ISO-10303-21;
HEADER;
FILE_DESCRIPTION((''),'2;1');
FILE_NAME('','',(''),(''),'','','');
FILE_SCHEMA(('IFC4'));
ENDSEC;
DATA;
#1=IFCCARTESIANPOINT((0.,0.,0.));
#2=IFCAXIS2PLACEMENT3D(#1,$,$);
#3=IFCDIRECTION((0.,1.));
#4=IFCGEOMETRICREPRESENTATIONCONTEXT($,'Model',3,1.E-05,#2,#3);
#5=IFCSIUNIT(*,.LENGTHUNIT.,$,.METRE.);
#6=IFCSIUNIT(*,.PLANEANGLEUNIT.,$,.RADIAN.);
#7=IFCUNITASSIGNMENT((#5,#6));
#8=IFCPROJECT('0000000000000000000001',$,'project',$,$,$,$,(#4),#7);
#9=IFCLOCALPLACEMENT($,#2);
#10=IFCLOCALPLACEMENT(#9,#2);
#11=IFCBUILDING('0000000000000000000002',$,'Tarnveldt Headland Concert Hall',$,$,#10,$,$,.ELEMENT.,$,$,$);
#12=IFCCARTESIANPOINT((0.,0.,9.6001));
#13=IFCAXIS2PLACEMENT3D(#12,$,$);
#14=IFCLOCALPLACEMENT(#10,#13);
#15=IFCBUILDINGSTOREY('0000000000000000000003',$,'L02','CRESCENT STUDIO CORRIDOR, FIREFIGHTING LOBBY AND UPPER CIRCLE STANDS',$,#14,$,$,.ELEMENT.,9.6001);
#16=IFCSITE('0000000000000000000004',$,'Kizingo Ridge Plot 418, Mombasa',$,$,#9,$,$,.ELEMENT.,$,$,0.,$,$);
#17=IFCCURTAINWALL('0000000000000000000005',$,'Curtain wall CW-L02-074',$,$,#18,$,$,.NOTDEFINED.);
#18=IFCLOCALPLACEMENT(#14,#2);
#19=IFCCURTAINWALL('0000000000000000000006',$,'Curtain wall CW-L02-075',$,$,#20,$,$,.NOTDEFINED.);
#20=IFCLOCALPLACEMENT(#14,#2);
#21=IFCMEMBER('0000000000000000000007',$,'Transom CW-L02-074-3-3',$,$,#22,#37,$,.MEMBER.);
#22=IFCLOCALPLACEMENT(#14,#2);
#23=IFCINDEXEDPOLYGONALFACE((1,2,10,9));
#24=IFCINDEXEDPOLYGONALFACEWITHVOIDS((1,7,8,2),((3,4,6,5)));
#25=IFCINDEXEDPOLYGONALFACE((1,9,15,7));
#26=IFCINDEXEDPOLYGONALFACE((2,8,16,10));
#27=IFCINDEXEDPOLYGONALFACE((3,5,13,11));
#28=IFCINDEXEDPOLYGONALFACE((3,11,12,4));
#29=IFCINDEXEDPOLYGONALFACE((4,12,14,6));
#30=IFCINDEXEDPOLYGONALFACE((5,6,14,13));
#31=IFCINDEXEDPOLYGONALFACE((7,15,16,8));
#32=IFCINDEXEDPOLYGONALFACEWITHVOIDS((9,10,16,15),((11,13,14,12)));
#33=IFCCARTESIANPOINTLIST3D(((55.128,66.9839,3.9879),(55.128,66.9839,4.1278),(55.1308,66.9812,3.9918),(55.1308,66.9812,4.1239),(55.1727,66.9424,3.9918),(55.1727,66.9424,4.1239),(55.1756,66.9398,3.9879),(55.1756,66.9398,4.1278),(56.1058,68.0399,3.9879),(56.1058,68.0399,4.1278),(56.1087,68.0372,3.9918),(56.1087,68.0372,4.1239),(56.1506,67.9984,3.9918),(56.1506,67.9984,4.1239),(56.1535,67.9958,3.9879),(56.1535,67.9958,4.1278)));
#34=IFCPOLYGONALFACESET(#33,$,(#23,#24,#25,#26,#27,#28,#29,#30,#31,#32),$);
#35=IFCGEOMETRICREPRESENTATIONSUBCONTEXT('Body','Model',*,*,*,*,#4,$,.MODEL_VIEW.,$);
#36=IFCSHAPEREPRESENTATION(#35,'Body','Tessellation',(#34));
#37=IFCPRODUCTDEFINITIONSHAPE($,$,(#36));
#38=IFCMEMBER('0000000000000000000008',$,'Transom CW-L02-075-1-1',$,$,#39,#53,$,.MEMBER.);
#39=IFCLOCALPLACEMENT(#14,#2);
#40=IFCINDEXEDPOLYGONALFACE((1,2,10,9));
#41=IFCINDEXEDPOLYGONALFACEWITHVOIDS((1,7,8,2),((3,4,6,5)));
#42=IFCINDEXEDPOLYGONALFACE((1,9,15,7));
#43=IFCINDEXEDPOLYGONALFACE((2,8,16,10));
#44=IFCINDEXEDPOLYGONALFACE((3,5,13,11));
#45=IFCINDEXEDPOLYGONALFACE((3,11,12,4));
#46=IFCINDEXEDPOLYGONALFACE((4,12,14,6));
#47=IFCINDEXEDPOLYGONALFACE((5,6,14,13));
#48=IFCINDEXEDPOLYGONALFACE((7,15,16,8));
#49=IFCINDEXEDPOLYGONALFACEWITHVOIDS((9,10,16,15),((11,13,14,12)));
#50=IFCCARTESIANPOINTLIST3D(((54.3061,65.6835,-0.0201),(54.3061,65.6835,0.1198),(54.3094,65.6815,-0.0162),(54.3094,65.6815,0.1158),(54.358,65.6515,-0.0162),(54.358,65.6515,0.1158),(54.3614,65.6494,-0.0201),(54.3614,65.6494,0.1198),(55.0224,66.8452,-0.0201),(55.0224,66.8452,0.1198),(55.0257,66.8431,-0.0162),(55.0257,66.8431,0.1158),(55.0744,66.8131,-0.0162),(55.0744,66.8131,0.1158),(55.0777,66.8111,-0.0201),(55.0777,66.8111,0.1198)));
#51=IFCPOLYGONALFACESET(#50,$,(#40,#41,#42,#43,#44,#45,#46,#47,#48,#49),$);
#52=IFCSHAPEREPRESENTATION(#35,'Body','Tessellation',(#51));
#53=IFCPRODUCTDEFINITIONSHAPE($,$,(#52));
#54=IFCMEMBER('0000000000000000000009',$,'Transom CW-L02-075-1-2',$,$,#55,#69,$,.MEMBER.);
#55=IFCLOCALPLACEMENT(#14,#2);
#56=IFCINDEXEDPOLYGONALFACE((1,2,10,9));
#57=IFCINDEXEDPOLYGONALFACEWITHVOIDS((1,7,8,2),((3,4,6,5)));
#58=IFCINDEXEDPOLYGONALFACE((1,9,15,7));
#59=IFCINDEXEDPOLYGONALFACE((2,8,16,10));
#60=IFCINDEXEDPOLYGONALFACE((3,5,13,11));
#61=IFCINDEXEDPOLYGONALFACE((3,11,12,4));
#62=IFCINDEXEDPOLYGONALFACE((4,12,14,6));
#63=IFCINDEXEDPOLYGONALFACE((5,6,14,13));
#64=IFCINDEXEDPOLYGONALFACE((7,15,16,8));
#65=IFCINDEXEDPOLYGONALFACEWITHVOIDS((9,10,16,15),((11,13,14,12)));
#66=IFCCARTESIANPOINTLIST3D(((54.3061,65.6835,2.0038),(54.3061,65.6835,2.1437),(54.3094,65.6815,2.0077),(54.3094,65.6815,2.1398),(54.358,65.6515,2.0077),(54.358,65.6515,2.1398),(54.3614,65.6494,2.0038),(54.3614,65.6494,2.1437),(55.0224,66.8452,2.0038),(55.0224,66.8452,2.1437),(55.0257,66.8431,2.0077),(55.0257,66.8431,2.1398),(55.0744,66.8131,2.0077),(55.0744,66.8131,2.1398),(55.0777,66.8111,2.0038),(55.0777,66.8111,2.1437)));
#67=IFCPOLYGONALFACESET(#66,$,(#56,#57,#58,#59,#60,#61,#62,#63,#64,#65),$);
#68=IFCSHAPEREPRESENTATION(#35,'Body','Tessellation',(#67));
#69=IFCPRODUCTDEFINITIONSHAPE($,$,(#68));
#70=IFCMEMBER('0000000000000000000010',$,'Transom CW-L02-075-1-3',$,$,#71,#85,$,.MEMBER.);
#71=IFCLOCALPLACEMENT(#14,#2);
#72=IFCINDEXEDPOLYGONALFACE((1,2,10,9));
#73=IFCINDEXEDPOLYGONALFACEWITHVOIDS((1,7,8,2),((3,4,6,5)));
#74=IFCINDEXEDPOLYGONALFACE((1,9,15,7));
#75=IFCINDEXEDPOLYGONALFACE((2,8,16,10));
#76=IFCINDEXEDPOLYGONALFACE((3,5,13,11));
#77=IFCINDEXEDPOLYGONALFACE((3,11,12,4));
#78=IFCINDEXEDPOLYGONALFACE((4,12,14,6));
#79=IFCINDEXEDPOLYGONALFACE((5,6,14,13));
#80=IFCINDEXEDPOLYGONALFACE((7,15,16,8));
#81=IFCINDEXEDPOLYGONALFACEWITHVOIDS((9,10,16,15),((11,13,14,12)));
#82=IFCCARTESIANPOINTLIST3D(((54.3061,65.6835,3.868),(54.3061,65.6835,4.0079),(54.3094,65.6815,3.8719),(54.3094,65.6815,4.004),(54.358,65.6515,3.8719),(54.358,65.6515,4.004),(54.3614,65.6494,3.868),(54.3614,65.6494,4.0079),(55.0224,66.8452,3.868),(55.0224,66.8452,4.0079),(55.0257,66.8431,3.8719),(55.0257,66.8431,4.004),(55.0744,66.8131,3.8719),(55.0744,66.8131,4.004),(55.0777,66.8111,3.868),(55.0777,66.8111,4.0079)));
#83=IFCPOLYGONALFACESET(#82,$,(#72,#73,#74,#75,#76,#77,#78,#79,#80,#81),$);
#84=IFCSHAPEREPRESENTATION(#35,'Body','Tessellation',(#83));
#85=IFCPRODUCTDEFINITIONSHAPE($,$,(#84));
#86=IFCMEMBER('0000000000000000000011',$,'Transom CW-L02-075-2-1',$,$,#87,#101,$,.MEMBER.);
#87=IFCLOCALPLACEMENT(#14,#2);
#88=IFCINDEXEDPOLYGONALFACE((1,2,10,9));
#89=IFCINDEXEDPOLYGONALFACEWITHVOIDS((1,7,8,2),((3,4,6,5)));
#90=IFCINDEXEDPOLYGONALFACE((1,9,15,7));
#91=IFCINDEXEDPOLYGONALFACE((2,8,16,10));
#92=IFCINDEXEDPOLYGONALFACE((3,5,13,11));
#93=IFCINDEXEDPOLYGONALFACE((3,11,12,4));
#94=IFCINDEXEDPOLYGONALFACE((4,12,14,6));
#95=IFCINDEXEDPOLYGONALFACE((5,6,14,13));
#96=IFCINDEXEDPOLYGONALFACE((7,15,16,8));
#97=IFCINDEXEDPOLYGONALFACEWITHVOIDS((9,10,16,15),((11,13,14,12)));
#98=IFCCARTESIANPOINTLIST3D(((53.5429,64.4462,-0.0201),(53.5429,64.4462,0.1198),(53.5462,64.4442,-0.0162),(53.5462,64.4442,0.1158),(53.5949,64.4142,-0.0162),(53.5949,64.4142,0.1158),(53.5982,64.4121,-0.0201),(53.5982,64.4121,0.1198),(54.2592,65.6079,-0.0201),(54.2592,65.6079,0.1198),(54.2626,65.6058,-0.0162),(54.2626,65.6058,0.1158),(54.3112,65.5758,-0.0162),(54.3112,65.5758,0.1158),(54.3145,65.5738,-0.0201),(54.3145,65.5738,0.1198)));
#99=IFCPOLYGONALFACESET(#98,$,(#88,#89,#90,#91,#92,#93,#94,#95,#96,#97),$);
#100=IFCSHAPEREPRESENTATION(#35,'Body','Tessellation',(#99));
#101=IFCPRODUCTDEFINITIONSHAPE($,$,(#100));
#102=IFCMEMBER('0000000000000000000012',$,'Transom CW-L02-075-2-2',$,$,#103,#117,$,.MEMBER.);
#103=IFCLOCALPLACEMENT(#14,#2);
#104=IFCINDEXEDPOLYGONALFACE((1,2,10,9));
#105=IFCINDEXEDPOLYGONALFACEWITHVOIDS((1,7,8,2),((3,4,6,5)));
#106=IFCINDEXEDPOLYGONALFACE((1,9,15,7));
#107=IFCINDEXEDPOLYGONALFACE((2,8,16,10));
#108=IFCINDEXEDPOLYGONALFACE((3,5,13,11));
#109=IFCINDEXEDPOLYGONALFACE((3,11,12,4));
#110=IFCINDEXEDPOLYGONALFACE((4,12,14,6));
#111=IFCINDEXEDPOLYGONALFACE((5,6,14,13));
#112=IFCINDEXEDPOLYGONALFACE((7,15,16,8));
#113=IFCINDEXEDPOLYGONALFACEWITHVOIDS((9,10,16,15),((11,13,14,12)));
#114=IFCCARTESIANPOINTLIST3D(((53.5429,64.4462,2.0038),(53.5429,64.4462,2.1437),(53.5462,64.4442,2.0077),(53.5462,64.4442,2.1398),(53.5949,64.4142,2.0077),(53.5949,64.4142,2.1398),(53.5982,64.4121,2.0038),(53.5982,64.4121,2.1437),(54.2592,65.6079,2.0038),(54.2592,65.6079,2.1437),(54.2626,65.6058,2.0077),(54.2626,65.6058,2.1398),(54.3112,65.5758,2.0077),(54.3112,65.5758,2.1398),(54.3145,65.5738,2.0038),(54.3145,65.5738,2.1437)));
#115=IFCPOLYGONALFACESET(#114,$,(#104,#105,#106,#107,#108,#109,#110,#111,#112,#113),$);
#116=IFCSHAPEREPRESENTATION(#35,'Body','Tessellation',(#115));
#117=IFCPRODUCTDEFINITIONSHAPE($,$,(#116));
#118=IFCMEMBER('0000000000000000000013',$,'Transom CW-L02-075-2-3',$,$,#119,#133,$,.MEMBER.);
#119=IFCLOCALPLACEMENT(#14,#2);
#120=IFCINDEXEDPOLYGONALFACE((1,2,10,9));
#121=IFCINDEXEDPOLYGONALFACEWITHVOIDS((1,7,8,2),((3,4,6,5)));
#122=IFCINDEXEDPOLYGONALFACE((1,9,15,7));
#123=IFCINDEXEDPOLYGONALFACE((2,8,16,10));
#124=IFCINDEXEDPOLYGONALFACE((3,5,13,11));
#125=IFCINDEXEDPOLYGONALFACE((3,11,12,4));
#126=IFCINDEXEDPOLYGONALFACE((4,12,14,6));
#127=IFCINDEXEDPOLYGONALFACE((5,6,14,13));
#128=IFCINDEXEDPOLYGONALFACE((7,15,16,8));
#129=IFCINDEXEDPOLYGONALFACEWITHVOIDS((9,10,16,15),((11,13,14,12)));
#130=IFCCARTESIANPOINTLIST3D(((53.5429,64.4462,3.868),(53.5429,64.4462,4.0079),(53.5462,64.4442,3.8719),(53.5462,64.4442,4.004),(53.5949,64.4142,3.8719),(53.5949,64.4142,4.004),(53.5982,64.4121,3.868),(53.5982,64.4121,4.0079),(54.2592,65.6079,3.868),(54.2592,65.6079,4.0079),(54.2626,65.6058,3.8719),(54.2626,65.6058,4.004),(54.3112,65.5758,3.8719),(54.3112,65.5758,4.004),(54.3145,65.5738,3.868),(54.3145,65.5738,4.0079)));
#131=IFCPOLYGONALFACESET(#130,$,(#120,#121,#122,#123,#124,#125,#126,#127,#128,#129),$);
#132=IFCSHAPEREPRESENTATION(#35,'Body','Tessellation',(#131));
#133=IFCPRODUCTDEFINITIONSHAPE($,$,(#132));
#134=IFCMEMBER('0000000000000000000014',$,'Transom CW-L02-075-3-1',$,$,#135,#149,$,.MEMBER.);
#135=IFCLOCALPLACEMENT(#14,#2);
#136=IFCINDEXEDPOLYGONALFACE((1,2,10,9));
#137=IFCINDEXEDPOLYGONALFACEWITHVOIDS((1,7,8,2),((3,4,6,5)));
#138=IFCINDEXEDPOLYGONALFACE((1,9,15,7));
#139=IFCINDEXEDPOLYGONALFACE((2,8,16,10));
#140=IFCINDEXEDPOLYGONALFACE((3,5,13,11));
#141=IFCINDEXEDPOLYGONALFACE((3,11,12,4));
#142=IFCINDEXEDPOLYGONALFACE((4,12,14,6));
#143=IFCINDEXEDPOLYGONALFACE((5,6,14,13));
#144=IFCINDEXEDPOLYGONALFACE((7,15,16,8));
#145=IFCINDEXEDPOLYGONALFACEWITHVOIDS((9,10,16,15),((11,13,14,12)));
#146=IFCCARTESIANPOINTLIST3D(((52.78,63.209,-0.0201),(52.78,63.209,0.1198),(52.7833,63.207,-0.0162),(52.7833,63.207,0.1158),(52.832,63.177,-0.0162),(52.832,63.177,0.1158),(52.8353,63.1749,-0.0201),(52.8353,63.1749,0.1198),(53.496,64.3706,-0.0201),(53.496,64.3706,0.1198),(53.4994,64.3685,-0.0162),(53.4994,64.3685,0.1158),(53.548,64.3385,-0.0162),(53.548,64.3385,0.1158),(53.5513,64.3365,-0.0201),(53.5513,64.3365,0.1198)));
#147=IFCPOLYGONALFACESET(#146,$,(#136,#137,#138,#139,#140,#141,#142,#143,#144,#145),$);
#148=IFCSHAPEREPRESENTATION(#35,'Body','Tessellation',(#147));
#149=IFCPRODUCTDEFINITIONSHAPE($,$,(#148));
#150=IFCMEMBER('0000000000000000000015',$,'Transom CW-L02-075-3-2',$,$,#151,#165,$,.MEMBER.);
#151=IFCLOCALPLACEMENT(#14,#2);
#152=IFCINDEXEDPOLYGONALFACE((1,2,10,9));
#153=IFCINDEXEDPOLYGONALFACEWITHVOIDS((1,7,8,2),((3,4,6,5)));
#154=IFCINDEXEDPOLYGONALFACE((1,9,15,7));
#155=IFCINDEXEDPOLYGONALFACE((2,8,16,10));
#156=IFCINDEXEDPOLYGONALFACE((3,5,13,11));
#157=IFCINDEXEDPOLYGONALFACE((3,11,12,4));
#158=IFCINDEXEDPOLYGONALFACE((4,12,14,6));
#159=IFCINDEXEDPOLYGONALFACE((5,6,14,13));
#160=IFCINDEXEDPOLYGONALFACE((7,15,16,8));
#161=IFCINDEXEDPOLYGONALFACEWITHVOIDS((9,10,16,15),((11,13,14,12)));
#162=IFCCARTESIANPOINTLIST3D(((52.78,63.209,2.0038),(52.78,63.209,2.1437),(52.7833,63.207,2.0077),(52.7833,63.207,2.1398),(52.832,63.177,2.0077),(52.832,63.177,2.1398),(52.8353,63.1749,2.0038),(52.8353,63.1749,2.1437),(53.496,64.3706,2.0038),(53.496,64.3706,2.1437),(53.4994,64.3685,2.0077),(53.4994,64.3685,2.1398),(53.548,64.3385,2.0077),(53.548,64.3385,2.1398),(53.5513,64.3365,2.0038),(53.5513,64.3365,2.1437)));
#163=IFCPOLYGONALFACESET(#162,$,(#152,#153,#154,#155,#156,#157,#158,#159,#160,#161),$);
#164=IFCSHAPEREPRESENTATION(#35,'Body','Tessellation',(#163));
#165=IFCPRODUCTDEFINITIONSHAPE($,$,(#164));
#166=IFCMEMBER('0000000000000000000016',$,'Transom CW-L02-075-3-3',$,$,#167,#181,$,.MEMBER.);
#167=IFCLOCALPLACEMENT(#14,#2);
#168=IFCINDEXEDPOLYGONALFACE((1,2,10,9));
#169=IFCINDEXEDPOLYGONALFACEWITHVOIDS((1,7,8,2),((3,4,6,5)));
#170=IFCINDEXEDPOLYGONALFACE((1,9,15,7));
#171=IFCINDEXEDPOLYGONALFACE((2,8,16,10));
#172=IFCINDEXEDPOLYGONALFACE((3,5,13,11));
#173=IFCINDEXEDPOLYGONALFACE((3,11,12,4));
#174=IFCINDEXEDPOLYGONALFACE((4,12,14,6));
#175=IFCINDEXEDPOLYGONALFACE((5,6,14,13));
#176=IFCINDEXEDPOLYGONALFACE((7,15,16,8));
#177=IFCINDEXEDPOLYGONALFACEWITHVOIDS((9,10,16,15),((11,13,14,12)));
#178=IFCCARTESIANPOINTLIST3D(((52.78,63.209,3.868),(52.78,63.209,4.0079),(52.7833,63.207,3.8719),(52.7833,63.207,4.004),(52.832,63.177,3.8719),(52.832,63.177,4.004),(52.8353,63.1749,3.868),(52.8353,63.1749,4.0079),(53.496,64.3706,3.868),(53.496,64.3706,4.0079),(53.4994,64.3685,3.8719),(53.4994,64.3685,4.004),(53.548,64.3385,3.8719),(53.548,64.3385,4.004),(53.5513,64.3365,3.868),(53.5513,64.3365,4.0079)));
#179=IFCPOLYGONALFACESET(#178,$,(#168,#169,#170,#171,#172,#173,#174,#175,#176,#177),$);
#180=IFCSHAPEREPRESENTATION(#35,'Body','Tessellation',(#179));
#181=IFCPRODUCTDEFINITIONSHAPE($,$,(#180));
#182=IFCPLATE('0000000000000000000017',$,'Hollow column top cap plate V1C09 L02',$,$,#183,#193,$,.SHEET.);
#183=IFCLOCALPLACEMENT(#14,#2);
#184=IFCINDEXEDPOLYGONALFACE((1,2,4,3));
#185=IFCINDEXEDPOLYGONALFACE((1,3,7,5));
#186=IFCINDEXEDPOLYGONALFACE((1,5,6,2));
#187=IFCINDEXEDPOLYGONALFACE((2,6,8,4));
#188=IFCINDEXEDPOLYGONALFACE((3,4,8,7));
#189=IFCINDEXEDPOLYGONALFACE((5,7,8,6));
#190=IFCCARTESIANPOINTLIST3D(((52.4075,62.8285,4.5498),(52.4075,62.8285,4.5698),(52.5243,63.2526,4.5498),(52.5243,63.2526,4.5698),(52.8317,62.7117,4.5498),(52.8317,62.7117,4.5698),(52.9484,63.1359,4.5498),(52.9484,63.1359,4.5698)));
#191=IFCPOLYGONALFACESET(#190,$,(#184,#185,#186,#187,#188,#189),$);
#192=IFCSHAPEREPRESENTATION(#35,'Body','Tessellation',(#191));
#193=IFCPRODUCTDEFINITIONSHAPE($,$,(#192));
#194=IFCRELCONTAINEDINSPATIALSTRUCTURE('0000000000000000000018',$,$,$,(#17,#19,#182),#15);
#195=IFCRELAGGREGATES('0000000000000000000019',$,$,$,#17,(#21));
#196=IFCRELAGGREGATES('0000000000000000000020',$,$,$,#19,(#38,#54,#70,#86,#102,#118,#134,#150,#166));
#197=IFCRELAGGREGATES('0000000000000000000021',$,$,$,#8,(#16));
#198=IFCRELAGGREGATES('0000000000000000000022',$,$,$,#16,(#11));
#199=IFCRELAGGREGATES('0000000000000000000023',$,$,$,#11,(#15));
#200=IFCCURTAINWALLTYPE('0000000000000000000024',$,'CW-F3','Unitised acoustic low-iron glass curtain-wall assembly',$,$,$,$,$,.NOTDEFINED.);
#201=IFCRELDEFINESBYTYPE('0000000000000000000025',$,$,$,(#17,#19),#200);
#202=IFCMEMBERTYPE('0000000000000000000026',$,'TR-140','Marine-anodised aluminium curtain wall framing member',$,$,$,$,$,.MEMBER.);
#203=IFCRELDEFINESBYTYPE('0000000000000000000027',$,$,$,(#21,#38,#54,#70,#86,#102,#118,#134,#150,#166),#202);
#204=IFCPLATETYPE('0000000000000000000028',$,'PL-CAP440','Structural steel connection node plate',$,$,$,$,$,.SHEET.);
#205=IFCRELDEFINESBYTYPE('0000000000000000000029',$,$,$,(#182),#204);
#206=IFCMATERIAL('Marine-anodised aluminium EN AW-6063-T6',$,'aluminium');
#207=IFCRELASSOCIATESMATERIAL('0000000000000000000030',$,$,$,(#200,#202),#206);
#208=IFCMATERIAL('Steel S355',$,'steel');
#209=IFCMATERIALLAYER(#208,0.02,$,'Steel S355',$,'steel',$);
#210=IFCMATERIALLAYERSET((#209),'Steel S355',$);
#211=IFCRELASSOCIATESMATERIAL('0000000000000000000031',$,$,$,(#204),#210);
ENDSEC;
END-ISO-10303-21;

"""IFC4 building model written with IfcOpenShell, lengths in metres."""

from ifc_helpers import new_model, si_unit, direction, frame, origin, origin_2d, place, context, subcontext, project, spatial, rectangle, hollow_rectangle, extrude, material, layer, layer_set, material_profile, profile_set, type_object, element, aggregate, save


model = new_model("IFC4")

# Units and contexts
model_context = context("Model", 3, precision=1e-05, world=origin(), true_north=direction((0.0, 1.0)))
body_context = subcontext(model_context, "Body", "Model", "MODEL_VIEW")
ifc_project = project(units=[si_unit("LENGTHUNIT", "METRE"), si_unit("PLANEANGLEUNIT", "RADIAN")], contexts=[model_context])

# Site, building, storey
site_placement = place(None, origin())
site = spatial("IfcSite", under=ifc_project, at=site_placement, Name="Kizingo Ridge Plot 418, Mombasa", CompositionType="ELEMENT", RefElevation=0.0)
building_placement = place(site_placement, origin())
building = spatial("IfcBuilding", under=site, at=building_placement, Name="Tarnveldt Headland Concert Hall", CompositionType="ELEMENT")
storey_placement = place(building_placement, frame((0.0, 0.0, 9.6001)))
storey = spatial("IfcBuildingStorey", under=building, at=storey_placement, Name="L02", Description="CRESCENT STUDIO CORRIDOR, FIREFIGHTING LOBBY AND UPPER CIRCLE STANDS", CompositionType="ELEMENT", Elevation=9.6001)

# Shared definitions
ifc_material_1 = material(Name="Steel S355", Category="steel")

# Curtain walls
ifc_material_2 = material(Name="Marine-anodised aluminium EN AW-6063-T6", Category="aluminium")
curtain_wall_type = type_object("IfcCurtainWallType", Name="CW-F3", Description="Unitised acoustic low-iron glass curtain-wall assembly", PredefinedType="NOTDEFINED", material=ifc_material_2)
curtain_wall_1_placement = place(storey_placement, origin())
curtain_wall_1 = element("IfcCurtainWall", 1, at=curtain_wall_1_placement, inside=storey, type_object=curtain_wall_type, Name="Curtain wall CW-L02-074", PredefinedType="NOTDEFINED")
curtain_wall_2_placement = place(storey_placement, origin())
curtain_wall_2 = element("IfcCurtainWall", 2, at=curtain_wall_2_placement, inside=storey, type_object=curtain_wall_type, Name="Curtain wall CW-L02-075", PredefinedType="NOTDEFINED")

# Members
ifc_material_profile_1 = material_profile(ifc_material_2, hollow_rectangle(XDim=0.0649, YDim=0.1399, WallThickness=0.0039, at=origin_2d()), Name="ALU TRANSOM 65x140x4", Category="aluminium")
ifc_profile_set_1 = profile_set([ifc_material_profile_1], Name="Marine-anodised aluminium EN AW-6063-T6")
member_type_1 = type_object("IfcMemberType", Name="TR-140", Description="Marine-anodised aluminium curtain wall framing member", PredefinedType="MEMBER", material=ifc_profile_set_1)
member_1_placement = place(storey_placement, frame((56.1296, 68.0178, 4.0579), z_axis=(-0.679442, -0.733729, 0.0), x_axis=(0.733729, -0.679442, 0.0)))
member_1 = element("IfcMember", 3, at=member_1_placement, type_object=member_type_1, Name="Transom CW-L02-074-3-3", PredefinedType="MEMBER", context=body_context, shape_type="SweptSolid", body=[
    extrude(hollow_rectangle(XDim=0.0649, YDim=0.1399, WallThickness=0.0039, at=origin_2d()), origin(), (0.0, 0.0, 1.0), 1.4392),
])
member_2_placement = place(storey_placement, frame((55.05, 66.8281, 0.0498), z_axis=(-0.524876, -0.851179, 0.0), x_axis=(0.851179, -0.524876, 0.0)))
member_2 = element("IfcMember", 4, at=member_2_placement, type_object=member_type_1, Name="Transom CW-L02-075-1-1", PredefinedType="MEMBER", context=body_context, shape_type="SweptSolid", body=[
    extrude(hollow_rectangle(XDim=0.0649, YDim=0.1399, WallThickness=0.0039, at=origin_2d()), origin(), (0.0, 0.0, 1.0), 1.3647),
])
member_3_placement = place(storey_placement, frame((55.05, 66.8281, 2.0737), z_axis=(-0.524876, -0.851179, 0.0), x_axis=(0.851179, -0.524876, 0.0)))
member_3 = element("IfcMember", 5, at=member_3_placement, type_object=member_type_1, Name="Transom CW-L02-075-1-2", PredefinedType="MEMBER", context=body_context, shape_type="SweptSolid", body=[
    extrude(hollow_rectangle(XDim=0.0649, YDim=0.1399, WallThickness=0.0039, at=origin_2d()), origin(), (0.0, 0.0, 1.0), 1.3647),
])
member_4_placement = place(storey_placement, frame((55.05, 66.8281, 3.938), z_axis=(-0.524876, -0.851179, 0.0), x_axis=(0.851179, -0.524876, 0.0)))
member_4 = element("IfcMember", 6, at=member_4_placement, type_object=member_type_1, Name="Transom CW-L02-075-1-3", PredefinedType="MEMBER", context=body_context, shape_type="SweptSolid", body=[
    extrude(hollow_rectangle(XDim=0.0649, YDim=0.1399, WallThickness=0.0039, at=origin_2d()), origin(), (0.0, 0.0, 1.0), 1.3647),
])
member_5_placement = place(storey_placement, frame((54.2869, 65.5908, 0.0498), z_axis=(-0.524876, -0.851179, 0.0), x_axis=(0.851179, -0.524876, 0.0)))
member_5 = element("IfcMember", 7, at=member_5_placement, type_object=member_type_1, Name="Transom CW-L02-075-2-1", PredefinedType="MEMBER", context=body_context, shape_type="SweptSolid", body=[
    extrude(hollow_rectangle(XDim=0.0649, YDim=0.1399, WallThickness=0.0039, at=origin_2d()), origin(), (0.0, 0.0, 1.0), 1.3647),
])
member_6_placement = place(storey_placement, frame((54.2869, 65.5908, 2.0737), z_axis=(-0.524876, -0.851179, 0.0), x_axis=(0.851179, -0.524876, 0.0)))
member_6 = element("IfcMember", 8, at=member_6_placement, type_object=member_type_1, Name="Transom CW-L02-075-2-2", PredefinedType="MEMBER", context=body_context, shape_type="SweptSolid", body=[
    extrude(hollow_rectangle(XDim=0.0649, YDim=0.1399, WallThickness=0.0039, at=origin_2d()), origin(), (0.0, 0.0, 1.0), 1.3647),
])
member_7_placement = place(storey_placement, frame((54.2869, 65.5908, 3.938), z_axis=(-0.524876, -0.851179, 0.0), x_axis=(0.851179, -0.524876, 0.0)))
member_7 = element("IfcMember", 9, at=member_7_placement, type_object=member_type_1, Name="Transom CW-L02-075-2-3", PredefinedType="MEMBER", context=body_context, shape_type="SweptSolid", body=[
    extrude(hollow_rectangle(XDim=0.0649, YDim=0.1399, WallThickness=0.0039, at=origin_2d()), origin(), (0.0, 0.0, 1.0), 1.3647),
])
member_8_placement = place(storey_placement, frame((53.5237, 64.3535, 0.0498), z_axis=(-0.524746, -0.851259, 0.0), x_axis=(0.851259, -0.524746, 0.0)))
member_8 = element("IfcMember", 10, at=member_8_placement, type_object=member_type_1, Name="Transom CW-L02-075-3-1", PredefinedType="MEMBER", context=body_context, shape_type="SweptSolid", body=[
    extrude(hollow_rectangle(XDim=0.0649, YDim=0.1399, WallThickness=0.0039, at=origin_2d()), origin(), (0.0, 0.0, 1.0), 1.3645),
])
member_9_placement = place(storey_placement, frame((53.5237, 64.3535, 2.0737), z_axis=(-0.524746, -0.851259, 0.0), x_axis=(0.851259, -0.524746, 0.0)))
member_9 = element("IfcMember", 11, at=member_9_placement, type_object=member_type_1, Name="Transom CW-L02-075-3-2", PredefinedType="MEMBER", context=body_context, shape_type="SweptSolid", body=[
    extrude(hollow_rectangle(XDim=0.0649, YDim=0.1399, WallThickness=0.0039, at=origin_2d()), origin(), (0.0, 0.0, 1.0), 1.3645),
])
member_10_placement = place(storey_placement, frame((53.5237, 64.3535, 3.938), z_axis=(-0.524746, -0.851259, 0.0), x_axis=(0.851259, -0.524746, 0.0)))
member_10 = element("IfcMember", 12, at=member_10_placement, type_object=member_type_1, Name="Transom CW-L02-075-3-3", PredefinedType="MEMBER", context=body_context, shape_type="SweptSolid", body=[
    extrude(hollow_rectangle(XDim=0.0649, YDim=0.1399, WallThickness=0.0039, at=origin_2d()), origin(), (0.0, 0.0, 1.0), 1.3645),
])

# Plate
ifc_layer_1 = layer(ifc_material_1, 0.02, Name="Steel S355", Category="steel")
ifc_layer_set_1 = layer_set([ifc_layer_1], Name="Steel S355")
plate_type_1 = type_object("IfcPlateType", Name="PL-CAP440", Description="Structural steel connection node plate", PredefinedType="SHEET", material=ifc_layer_set_1)
plate_1_placement = place(storey_placement, frame((52.678, 62.9822, 4.5498), z_axis=(0.0, 0.0, 1.0), x_axis=(-0.964142, 0.265388, 0.0)))
element("IfcPlate", 13, at=plate_1_placement, inside=storey, type_object=plate_type_1, Name="Hollow column top cap plate V1C09 L02", PredefinedType="SHEET", context=body_context, shape_type="SweptSolid", body=[
    extrude(rectangle(XDim=0.4399, YDim=0.4399, at=origin_2d()), origin(), (0.0, 0.0, 1.0), 0.02),
])
aggregate(curtain_wall_1, [member_1])
aggregate(curtain_wall_2, [member_2, member_3, member_4, member_5, member_6, member_7, member_8, member_9, member_10])

save(model, "model.ifc")
